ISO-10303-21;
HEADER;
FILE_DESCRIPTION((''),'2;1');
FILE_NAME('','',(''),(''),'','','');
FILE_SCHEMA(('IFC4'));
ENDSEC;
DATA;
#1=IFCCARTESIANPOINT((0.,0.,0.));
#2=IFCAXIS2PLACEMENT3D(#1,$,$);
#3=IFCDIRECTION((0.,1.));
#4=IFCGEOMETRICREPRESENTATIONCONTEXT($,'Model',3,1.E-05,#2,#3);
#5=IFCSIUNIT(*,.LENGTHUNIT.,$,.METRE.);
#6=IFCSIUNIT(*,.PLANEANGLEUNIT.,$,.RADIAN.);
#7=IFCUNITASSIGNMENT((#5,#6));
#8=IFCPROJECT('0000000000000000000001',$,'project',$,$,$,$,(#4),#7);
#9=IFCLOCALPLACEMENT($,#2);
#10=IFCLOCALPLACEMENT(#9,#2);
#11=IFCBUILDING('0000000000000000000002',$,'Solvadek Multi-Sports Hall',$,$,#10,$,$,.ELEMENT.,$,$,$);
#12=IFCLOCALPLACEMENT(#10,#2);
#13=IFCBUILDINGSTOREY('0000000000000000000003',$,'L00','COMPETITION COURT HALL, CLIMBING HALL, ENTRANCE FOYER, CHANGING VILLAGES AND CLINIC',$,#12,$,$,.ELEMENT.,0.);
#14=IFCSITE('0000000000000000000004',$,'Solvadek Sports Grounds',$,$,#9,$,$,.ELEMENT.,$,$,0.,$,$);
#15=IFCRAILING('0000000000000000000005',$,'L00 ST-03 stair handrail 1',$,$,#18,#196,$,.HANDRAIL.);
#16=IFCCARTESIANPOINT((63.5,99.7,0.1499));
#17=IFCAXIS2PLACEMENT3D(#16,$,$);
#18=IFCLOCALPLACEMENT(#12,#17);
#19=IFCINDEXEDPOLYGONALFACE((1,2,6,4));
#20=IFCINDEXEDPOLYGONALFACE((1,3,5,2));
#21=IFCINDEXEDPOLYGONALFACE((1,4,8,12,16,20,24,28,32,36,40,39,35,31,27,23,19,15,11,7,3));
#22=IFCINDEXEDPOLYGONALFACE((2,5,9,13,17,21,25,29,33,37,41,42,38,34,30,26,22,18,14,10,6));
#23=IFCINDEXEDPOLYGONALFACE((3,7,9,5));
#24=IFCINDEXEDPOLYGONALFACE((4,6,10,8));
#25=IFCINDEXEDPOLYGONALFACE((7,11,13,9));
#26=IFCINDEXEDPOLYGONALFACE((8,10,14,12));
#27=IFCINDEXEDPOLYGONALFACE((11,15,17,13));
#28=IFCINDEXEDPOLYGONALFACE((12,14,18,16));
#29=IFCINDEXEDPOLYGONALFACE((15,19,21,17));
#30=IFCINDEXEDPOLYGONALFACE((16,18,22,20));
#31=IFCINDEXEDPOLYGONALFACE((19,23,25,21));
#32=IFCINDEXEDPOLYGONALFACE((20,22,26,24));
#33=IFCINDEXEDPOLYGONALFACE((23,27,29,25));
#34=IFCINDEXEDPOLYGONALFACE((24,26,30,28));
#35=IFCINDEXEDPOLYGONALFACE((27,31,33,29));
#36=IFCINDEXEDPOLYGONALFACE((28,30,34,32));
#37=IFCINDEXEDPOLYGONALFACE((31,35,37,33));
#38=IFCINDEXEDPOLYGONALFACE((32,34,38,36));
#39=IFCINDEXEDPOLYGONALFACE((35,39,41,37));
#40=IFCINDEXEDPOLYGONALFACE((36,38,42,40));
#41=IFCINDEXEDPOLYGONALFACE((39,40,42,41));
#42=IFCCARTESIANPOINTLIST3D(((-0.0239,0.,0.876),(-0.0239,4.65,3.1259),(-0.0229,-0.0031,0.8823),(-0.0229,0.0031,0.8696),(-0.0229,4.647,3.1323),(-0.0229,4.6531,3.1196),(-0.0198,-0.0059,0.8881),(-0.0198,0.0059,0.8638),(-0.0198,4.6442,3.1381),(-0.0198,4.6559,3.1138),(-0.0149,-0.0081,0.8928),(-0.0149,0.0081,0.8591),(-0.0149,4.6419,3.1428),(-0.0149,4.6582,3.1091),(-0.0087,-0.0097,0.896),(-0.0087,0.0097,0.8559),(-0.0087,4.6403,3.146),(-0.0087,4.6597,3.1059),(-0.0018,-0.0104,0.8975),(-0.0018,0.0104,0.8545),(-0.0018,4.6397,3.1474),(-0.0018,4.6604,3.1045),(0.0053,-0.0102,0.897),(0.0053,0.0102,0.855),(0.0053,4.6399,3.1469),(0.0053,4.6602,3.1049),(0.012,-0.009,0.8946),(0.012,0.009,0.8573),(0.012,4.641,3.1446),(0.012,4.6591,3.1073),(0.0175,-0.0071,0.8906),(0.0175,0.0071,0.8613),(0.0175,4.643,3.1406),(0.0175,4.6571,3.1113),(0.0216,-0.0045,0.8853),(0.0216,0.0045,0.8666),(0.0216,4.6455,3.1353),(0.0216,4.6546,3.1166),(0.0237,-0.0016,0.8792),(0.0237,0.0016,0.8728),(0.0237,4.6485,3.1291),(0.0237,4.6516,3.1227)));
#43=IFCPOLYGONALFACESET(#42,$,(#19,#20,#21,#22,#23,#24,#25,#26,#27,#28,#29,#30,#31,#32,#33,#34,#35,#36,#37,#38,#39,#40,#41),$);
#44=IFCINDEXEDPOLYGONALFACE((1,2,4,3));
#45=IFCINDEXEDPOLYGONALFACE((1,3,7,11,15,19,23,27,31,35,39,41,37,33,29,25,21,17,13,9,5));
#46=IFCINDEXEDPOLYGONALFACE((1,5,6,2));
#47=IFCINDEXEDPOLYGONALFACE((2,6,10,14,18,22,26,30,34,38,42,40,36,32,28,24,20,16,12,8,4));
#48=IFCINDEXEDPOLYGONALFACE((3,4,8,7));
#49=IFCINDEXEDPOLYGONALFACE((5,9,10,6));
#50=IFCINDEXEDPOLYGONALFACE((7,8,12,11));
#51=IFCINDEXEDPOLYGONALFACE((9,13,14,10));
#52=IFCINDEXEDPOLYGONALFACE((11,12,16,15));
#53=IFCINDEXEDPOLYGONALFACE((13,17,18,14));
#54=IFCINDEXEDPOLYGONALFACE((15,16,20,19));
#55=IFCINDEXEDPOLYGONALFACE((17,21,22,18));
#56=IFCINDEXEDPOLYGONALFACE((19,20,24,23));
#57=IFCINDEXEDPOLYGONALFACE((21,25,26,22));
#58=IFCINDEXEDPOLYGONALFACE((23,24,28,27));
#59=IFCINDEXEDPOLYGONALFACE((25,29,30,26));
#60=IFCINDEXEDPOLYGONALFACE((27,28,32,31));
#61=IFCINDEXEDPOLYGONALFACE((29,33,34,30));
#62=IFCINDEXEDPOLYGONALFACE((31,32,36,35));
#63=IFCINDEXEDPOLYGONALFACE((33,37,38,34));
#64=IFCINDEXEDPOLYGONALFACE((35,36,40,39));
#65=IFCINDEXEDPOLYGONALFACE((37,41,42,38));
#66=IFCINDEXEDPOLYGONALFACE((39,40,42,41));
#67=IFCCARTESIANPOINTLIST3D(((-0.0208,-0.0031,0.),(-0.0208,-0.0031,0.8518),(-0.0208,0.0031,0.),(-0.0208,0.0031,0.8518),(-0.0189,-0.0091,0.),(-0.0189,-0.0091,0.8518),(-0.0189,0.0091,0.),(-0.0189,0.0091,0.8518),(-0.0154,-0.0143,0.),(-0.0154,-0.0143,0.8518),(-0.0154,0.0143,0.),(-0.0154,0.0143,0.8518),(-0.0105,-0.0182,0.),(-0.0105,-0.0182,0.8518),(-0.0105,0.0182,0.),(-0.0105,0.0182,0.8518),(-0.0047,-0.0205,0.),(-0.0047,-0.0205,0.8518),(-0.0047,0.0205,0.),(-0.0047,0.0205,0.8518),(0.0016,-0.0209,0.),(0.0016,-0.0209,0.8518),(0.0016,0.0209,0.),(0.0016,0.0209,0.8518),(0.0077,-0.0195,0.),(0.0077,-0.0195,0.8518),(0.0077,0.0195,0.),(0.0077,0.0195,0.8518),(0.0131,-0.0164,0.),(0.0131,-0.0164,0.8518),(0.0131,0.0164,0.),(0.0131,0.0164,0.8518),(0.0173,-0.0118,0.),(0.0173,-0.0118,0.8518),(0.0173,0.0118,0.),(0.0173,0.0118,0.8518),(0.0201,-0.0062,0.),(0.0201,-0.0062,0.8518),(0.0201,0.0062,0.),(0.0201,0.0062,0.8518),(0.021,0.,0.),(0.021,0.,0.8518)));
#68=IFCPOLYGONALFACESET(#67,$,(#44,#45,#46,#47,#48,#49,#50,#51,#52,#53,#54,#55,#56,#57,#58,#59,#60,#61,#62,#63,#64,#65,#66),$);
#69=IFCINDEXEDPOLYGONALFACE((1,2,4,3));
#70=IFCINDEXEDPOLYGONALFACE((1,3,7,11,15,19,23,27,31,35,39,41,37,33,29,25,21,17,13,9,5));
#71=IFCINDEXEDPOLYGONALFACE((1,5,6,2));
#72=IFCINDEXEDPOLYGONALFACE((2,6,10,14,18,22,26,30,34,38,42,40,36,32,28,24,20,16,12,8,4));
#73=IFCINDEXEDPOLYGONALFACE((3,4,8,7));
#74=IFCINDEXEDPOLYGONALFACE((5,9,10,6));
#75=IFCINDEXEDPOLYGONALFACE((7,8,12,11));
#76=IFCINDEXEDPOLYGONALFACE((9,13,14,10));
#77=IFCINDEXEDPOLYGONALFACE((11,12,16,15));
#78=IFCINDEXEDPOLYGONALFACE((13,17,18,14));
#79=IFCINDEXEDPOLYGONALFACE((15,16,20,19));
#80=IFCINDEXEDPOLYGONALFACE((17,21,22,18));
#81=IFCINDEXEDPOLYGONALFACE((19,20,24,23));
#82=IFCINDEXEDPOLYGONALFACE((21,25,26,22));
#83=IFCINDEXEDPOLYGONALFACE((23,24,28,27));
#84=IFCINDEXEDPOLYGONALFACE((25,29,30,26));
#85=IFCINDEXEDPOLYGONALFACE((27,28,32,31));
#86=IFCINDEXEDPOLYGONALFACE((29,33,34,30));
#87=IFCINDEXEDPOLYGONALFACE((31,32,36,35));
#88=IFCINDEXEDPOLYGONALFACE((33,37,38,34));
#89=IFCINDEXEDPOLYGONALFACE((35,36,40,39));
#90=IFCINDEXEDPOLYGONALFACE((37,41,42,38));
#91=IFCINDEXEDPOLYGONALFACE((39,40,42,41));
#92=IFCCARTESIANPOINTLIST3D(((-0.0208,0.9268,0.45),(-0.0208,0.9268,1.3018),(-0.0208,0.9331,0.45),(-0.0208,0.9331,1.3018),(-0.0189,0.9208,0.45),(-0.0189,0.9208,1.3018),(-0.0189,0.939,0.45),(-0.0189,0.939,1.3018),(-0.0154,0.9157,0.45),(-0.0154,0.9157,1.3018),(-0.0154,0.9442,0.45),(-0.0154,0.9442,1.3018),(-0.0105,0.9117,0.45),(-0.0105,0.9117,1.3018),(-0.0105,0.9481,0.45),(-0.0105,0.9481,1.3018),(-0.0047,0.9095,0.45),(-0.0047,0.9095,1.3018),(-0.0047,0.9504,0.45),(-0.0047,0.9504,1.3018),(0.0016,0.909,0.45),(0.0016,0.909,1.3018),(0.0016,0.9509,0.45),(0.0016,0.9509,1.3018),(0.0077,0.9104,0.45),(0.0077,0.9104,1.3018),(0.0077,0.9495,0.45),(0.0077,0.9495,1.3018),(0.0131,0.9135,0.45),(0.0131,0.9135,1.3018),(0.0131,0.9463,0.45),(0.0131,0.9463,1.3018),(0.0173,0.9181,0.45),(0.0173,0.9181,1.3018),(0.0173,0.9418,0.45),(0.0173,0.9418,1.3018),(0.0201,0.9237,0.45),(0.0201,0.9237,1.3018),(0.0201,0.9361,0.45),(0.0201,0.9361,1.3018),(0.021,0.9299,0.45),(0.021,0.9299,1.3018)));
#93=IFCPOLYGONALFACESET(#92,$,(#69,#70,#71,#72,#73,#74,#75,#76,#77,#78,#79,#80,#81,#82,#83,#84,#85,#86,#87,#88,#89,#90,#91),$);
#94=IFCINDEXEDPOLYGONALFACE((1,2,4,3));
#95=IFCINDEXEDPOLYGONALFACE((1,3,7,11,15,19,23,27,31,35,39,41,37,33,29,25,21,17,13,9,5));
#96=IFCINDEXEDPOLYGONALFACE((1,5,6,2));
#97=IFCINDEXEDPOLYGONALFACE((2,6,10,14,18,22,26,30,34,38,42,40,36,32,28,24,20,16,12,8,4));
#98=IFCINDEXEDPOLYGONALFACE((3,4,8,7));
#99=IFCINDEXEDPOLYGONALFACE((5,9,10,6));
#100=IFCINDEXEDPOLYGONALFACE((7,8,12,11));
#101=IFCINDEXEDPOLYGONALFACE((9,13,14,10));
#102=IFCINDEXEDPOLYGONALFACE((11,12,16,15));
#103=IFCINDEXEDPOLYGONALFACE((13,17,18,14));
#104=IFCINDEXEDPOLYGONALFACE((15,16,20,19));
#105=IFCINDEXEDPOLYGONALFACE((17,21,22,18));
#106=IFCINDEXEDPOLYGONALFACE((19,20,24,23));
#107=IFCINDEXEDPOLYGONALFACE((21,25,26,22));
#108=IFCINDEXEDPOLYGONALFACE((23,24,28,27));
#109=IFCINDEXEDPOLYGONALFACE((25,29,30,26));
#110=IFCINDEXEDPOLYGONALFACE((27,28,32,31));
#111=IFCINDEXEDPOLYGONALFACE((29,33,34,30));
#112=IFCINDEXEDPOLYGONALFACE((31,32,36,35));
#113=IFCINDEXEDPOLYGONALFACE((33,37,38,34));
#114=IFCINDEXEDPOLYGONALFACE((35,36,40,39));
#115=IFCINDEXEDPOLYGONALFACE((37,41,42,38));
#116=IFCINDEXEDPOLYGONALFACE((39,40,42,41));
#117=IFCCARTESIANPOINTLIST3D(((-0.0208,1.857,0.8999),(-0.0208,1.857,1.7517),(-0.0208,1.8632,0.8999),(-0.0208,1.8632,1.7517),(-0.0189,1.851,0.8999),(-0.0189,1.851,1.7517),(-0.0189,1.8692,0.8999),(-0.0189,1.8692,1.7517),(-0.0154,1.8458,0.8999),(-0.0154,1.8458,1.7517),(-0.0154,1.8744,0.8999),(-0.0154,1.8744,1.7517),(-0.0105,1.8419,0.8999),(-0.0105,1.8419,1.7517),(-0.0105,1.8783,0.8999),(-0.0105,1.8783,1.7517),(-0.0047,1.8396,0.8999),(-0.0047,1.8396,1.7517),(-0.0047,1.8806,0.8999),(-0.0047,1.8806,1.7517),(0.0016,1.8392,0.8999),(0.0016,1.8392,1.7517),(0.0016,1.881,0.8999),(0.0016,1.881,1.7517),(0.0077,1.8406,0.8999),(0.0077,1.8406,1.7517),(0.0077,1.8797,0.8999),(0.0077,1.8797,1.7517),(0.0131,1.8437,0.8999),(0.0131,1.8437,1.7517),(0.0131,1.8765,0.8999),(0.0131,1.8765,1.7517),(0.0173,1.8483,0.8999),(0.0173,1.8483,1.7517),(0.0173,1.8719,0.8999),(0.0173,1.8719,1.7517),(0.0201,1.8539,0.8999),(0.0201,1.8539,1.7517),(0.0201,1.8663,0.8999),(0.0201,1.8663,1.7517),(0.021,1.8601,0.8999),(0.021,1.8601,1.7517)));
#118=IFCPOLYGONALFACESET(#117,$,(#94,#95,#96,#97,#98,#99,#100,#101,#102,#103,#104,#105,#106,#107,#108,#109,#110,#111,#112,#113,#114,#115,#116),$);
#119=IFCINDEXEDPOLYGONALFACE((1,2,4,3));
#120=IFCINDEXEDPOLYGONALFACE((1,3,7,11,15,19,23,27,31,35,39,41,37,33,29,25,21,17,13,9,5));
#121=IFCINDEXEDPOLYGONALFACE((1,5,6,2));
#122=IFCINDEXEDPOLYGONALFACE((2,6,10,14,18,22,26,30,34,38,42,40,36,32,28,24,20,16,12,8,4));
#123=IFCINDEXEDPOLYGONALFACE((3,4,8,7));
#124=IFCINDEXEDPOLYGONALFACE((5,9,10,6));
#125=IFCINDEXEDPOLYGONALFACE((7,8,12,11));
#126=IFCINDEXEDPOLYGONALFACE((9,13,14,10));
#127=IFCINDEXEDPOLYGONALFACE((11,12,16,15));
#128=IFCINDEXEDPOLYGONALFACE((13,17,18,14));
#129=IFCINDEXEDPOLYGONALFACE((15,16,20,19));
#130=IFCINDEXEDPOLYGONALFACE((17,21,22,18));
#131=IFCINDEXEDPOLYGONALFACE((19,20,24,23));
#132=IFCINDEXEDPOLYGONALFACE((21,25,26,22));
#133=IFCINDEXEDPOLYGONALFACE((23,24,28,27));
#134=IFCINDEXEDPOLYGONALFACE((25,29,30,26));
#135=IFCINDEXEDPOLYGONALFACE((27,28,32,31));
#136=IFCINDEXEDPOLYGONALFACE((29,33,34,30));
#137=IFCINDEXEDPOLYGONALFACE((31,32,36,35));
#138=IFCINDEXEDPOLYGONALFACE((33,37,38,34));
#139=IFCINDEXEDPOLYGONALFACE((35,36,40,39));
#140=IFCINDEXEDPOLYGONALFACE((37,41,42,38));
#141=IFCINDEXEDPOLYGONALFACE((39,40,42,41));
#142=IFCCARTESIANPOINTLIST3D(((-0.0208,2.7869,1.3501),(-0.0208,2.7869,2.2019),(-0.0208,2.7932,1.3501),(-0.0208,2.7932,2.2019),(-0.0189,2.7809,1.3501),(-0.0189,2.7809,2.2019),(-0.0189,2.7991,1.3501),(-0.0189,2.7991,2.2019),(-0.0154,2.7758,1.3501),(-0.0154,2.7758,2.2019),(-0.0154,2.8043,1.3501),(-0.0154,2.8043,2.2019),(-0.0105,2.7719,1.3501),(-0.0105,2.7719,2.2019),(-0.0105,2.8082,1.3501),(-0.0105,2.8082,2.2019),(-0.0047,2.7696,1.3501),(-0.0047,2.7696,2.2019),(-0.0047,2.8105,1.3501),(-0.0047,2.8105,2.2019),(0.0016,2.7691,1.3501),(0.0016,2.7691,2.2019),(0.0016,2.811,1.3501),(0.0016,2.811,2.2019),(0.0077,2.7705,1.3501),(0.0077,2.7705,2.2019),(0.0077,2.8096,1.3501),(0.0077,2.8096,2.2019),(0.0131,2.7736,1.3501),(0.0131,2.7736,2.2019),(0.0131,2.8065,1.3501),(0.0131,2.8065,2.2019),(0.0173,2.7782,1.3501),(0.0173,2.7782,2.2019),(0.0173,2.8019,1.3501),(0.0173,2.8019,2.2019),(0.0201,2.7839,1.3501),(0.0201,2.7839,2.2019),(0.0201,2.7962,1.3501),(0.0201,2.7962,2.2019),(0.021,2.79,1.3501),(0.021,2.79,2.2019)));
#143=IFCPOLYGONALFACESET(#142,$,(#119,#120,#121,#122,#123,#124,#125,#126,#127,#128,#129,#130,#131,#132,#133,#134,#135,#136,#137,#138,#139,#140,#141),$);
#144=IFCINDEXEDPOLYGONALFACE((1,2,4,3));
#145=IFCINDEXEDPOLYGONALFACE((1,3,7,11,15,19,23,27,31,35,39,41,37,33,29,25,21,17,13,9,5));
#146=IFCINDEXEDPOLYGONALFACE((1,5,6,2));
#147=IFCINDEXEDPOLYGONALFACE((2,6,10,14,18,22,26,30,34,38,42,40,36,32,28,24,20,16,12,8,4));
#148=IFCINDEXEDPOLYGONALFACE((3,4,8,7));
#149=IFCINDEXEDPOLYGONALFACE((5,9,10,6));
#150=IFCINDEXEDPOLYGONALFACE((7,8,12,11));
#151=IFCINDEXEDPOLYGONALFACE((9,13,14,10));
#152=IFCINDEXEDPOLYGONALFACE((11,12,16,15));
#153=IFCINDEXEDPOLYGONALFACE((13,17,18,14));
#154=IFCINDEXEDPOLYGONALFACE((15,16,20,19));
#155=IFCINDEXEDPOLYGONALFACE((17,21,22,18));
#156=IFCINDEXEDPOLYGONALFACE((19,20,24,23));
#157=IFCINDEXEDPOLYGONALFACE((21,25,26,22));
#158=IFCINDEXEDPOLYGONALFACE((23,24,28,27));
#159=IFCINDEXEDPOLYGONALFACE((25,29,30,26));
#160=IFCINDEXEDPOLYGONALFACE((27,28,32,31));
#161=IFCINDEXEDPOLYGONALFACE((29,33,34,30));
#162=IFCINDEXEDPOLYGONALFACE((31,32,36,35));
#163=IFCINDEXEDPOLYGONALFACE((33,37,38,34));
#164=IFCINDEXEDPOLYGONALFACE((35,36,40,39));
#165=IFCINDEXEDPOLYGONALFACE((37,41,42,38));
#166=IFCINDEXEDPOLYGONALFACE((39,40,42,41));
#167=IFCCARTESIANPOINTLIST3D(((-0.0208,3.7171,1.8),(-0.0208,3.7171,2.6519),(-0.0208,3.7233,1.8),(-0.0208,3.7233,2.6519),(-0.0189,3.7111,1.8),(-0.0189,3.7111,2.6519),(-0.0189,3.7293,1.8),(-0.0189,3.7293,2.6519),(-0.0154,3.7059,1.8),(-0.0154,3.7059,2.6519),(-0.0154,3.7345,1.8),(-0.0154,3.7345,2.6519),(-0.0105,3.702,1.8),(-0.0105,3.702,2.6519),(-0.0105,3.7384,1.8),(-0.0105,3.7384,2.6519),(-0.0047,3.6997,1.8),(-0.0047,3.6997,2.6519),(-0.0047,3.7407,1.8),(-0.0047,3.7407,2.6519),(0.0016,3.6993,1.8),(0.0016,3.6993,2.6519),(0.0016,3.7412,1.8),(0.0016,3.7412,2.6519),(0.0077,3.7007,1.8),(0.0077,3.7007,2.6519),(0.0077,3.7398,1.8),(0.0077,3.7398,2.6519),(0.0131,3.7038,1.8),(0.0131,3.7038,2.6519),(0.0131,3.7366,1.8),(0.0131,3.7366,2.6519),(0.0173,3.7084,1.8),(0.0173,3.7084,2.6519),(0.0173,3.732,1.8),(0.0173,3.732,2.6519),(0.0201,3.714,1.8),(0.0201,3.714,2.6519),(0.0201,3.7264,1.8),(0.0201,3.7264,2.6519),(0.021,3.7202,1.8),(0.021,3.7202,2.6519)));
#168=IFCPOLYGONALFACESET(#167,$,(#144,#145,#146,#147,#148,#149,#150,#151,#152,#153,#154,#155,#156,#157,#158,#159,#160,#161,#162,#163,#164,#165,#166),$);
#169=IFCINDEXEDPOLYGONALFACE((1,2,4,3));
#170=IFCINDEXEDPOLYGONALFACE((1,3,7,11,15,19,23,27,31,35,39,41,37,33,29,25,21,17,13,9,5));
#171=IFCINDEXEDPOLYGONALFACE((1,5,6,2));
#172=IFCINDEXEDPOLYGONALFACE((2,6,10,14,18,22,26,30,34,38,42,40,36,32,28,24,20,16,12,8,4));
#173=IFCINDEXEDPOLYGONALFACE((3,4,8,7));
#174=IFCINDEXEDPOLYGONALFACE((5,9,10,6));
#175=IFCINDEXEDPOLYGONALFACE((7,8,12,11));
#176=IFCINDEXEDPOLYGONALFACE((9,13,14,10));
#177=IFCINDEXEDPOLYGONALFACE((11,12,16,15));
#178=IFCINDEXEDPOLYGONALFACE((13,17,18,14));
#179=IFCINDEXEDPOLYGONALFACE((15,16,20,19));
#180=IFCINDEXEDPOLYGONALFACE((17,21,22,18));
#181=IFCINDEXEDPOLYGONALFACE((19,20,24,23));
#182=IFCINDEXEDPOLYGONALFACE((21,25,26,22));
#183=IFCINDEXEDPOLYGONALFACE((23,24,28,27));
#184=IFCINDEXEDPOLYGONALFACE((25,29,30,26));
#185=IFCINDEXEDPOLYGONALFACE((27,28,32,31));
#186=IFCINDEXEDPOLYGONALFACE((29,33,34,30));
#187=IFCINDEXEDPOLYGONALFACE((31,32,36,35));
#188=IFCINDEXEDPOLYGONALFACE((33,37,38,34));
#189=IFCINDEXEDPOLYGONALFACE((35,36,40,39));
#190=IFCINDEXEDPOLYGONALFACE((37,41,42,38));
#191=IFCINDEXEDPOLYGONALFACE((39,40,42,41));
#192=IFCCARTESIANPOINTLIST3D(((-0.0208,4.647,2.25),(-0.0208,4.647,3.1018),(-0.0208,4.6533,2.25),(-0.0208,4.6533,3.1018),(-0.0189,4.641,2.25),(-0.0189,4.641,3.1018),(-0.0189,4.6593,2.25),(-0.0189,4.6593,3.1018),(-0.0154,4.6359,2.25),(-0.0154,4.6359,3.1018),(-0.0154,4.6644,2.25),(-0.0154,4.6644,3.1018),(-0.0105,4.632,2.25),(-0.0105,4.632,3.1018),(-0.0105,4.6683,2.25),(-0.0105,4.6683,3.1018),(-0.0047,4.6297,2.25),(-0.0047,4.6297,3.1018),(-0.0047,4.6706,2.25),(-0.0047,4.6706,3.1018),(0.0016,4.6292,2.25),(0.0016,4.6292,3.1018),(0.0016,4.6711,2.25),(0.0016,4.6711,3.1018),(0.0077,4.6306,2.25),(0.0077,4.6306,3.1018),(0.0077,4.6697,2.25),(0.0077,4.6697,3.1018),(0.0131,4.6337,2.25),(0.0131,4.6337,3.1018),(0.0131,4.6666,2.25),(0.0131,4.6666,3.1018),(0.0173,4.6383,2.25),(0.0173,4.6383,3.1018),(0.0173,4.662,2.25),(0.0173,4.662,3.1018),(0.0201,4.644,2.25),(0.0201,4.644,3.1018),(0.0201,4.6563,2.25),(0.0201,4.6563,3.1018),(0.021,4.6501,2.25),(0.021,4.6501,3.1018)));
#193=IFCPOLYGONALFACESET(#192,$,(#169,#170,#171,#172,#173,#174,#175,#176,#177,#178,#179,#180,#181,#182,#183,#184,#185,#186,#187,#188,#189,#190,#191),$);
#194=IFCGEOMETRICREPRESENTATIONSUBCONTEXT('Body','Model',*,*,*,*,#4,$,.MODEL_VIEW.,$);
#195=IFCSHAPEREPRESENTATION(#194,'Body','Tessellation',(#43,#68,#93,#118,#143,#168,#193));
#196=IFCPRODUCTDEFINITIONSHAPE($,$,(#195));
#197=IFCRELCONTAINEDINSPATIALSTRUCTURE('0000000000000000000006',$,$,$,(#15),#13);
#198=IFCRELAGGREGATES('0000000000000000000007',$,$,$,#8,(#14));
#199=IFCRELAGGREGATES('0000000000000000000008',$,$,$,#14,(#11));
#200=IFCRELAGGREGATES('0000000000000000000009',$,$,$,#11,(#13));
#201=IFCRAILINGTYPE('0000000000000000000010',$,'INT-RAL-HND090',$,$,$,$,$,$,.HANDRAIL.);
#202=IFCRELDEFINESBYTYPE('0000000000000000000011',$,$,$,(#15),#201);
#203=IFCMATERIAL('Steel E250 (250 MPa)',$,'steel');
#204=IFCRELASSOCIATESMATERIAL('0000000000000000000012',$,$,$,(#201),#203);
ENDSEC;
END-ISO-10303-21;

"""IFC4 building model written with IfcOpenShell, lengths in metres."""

from ifc_helpers import new_model, si_unit, direction, frame, origin, origin_2d, place, context, subcontext, project, spatial, circle, extrude, material, type_object, element, save


model = new_model("IFC4")

# Units and contexts
model_context = context("Model", 3, precision=1e-05, world=origin(), true_north=direction((0.0, 1.0)))
body_context = subcontext(model_context, "Body", "Model", "MODEL_VIEW")
ifc_project = project(units=[si_unit("LENGTHUNIT", "METRE"), si_unit("PLANEANGLEUNIT", "RADIAN")], contexts=[model_context])

# Site, building, storey
site_placement = place(None, origin())
site = spatial("IfcSite", under=ifc_project, at=site_placement, Name="Solvadek Sports Grounds", CompositionType="ELEMENT", RefElevation=0.0)
building_placement = place(site_placement, origin())
building = spatial("IfcBuilding", under=site, at=building_placement, Name="Solvadek Multi-Sports Hall", CompositionType="ELEMENT")
storey_placement = place(building_placement, origin())
storey = spatial("IfcBuildingStorey", under=building, at=storey_placement, Name="L00", Description="COMPETITION COURT HALL, CLIMBING HALL, ENTRANCE FOYER, CHANGING VILLAGES AND CLINIC", CompositionType="ELEMENT", Elevation=0.0)

# Shared definitions
ifc_material_1 = material(Name="Steel E250 (250 MPa)", Category="steel")

# Railing
railing_type_1 = type_object("IfcRailingType", Name="INT-RAL-HND090", PredefinedType="HANDRAIL", material=ifc_material_1)
railing_1_placement = place(storey_placement, frame((63.5, 99.7, 0.1499)))
element("IfcRailing", 1, at=railing_1_placement, inside=storey, type_object=railing_type_1, Name="L00 ST-03 stair handrail 1", PredefinedType="HANDRAIL", context=body_context, shape_type="SweptSolid", body=[
    extrude(circle(Radius=0.0239, at=origin_2d()), frame((0.0, 0.0, 0.876), z_axis=(0.0, 0.900165, 0.43555), x_axis=(-1.0, 0.0, 0.0)), (0.0, 0.0, 1.0), 5.1658),
    extrude(circle(Radius=0.021, at=origin_2d()), origin(), (0.0, 0.0, 1.0), 0.8518),
    extrude(circle(Radius=0.021, at=origin_2d()), frame((0.0, 0.9299, 0.45)), (0.0, 0.0, 1.0), 0.8518),
    extrude(circle(Radius=0.021, at=origin_2d()), frame((0.0, 1.8601, 0.8999)), (0.0, 0.0, 1.0), 0.8518),
    extrude(circle(Radius=0.021, at=origin_2d()), frame((0.0, 2.79, 1.3501)), (0.0, 0.0, 1.0), 0.8518),
    extrude(circle(Radius=0.021, at=origin_2d()), frame((0.0, 3.7202, 1.8)), (0.0, 0.0, 1.0), 0.8518),
    extrude(circle(Radius=0.021, at=origin_2d()), frame((0.0, 4.6501, 2.25)), (0.0, 0.0, 1.0), 0.8518),
])

save(model, "model.ifc")
